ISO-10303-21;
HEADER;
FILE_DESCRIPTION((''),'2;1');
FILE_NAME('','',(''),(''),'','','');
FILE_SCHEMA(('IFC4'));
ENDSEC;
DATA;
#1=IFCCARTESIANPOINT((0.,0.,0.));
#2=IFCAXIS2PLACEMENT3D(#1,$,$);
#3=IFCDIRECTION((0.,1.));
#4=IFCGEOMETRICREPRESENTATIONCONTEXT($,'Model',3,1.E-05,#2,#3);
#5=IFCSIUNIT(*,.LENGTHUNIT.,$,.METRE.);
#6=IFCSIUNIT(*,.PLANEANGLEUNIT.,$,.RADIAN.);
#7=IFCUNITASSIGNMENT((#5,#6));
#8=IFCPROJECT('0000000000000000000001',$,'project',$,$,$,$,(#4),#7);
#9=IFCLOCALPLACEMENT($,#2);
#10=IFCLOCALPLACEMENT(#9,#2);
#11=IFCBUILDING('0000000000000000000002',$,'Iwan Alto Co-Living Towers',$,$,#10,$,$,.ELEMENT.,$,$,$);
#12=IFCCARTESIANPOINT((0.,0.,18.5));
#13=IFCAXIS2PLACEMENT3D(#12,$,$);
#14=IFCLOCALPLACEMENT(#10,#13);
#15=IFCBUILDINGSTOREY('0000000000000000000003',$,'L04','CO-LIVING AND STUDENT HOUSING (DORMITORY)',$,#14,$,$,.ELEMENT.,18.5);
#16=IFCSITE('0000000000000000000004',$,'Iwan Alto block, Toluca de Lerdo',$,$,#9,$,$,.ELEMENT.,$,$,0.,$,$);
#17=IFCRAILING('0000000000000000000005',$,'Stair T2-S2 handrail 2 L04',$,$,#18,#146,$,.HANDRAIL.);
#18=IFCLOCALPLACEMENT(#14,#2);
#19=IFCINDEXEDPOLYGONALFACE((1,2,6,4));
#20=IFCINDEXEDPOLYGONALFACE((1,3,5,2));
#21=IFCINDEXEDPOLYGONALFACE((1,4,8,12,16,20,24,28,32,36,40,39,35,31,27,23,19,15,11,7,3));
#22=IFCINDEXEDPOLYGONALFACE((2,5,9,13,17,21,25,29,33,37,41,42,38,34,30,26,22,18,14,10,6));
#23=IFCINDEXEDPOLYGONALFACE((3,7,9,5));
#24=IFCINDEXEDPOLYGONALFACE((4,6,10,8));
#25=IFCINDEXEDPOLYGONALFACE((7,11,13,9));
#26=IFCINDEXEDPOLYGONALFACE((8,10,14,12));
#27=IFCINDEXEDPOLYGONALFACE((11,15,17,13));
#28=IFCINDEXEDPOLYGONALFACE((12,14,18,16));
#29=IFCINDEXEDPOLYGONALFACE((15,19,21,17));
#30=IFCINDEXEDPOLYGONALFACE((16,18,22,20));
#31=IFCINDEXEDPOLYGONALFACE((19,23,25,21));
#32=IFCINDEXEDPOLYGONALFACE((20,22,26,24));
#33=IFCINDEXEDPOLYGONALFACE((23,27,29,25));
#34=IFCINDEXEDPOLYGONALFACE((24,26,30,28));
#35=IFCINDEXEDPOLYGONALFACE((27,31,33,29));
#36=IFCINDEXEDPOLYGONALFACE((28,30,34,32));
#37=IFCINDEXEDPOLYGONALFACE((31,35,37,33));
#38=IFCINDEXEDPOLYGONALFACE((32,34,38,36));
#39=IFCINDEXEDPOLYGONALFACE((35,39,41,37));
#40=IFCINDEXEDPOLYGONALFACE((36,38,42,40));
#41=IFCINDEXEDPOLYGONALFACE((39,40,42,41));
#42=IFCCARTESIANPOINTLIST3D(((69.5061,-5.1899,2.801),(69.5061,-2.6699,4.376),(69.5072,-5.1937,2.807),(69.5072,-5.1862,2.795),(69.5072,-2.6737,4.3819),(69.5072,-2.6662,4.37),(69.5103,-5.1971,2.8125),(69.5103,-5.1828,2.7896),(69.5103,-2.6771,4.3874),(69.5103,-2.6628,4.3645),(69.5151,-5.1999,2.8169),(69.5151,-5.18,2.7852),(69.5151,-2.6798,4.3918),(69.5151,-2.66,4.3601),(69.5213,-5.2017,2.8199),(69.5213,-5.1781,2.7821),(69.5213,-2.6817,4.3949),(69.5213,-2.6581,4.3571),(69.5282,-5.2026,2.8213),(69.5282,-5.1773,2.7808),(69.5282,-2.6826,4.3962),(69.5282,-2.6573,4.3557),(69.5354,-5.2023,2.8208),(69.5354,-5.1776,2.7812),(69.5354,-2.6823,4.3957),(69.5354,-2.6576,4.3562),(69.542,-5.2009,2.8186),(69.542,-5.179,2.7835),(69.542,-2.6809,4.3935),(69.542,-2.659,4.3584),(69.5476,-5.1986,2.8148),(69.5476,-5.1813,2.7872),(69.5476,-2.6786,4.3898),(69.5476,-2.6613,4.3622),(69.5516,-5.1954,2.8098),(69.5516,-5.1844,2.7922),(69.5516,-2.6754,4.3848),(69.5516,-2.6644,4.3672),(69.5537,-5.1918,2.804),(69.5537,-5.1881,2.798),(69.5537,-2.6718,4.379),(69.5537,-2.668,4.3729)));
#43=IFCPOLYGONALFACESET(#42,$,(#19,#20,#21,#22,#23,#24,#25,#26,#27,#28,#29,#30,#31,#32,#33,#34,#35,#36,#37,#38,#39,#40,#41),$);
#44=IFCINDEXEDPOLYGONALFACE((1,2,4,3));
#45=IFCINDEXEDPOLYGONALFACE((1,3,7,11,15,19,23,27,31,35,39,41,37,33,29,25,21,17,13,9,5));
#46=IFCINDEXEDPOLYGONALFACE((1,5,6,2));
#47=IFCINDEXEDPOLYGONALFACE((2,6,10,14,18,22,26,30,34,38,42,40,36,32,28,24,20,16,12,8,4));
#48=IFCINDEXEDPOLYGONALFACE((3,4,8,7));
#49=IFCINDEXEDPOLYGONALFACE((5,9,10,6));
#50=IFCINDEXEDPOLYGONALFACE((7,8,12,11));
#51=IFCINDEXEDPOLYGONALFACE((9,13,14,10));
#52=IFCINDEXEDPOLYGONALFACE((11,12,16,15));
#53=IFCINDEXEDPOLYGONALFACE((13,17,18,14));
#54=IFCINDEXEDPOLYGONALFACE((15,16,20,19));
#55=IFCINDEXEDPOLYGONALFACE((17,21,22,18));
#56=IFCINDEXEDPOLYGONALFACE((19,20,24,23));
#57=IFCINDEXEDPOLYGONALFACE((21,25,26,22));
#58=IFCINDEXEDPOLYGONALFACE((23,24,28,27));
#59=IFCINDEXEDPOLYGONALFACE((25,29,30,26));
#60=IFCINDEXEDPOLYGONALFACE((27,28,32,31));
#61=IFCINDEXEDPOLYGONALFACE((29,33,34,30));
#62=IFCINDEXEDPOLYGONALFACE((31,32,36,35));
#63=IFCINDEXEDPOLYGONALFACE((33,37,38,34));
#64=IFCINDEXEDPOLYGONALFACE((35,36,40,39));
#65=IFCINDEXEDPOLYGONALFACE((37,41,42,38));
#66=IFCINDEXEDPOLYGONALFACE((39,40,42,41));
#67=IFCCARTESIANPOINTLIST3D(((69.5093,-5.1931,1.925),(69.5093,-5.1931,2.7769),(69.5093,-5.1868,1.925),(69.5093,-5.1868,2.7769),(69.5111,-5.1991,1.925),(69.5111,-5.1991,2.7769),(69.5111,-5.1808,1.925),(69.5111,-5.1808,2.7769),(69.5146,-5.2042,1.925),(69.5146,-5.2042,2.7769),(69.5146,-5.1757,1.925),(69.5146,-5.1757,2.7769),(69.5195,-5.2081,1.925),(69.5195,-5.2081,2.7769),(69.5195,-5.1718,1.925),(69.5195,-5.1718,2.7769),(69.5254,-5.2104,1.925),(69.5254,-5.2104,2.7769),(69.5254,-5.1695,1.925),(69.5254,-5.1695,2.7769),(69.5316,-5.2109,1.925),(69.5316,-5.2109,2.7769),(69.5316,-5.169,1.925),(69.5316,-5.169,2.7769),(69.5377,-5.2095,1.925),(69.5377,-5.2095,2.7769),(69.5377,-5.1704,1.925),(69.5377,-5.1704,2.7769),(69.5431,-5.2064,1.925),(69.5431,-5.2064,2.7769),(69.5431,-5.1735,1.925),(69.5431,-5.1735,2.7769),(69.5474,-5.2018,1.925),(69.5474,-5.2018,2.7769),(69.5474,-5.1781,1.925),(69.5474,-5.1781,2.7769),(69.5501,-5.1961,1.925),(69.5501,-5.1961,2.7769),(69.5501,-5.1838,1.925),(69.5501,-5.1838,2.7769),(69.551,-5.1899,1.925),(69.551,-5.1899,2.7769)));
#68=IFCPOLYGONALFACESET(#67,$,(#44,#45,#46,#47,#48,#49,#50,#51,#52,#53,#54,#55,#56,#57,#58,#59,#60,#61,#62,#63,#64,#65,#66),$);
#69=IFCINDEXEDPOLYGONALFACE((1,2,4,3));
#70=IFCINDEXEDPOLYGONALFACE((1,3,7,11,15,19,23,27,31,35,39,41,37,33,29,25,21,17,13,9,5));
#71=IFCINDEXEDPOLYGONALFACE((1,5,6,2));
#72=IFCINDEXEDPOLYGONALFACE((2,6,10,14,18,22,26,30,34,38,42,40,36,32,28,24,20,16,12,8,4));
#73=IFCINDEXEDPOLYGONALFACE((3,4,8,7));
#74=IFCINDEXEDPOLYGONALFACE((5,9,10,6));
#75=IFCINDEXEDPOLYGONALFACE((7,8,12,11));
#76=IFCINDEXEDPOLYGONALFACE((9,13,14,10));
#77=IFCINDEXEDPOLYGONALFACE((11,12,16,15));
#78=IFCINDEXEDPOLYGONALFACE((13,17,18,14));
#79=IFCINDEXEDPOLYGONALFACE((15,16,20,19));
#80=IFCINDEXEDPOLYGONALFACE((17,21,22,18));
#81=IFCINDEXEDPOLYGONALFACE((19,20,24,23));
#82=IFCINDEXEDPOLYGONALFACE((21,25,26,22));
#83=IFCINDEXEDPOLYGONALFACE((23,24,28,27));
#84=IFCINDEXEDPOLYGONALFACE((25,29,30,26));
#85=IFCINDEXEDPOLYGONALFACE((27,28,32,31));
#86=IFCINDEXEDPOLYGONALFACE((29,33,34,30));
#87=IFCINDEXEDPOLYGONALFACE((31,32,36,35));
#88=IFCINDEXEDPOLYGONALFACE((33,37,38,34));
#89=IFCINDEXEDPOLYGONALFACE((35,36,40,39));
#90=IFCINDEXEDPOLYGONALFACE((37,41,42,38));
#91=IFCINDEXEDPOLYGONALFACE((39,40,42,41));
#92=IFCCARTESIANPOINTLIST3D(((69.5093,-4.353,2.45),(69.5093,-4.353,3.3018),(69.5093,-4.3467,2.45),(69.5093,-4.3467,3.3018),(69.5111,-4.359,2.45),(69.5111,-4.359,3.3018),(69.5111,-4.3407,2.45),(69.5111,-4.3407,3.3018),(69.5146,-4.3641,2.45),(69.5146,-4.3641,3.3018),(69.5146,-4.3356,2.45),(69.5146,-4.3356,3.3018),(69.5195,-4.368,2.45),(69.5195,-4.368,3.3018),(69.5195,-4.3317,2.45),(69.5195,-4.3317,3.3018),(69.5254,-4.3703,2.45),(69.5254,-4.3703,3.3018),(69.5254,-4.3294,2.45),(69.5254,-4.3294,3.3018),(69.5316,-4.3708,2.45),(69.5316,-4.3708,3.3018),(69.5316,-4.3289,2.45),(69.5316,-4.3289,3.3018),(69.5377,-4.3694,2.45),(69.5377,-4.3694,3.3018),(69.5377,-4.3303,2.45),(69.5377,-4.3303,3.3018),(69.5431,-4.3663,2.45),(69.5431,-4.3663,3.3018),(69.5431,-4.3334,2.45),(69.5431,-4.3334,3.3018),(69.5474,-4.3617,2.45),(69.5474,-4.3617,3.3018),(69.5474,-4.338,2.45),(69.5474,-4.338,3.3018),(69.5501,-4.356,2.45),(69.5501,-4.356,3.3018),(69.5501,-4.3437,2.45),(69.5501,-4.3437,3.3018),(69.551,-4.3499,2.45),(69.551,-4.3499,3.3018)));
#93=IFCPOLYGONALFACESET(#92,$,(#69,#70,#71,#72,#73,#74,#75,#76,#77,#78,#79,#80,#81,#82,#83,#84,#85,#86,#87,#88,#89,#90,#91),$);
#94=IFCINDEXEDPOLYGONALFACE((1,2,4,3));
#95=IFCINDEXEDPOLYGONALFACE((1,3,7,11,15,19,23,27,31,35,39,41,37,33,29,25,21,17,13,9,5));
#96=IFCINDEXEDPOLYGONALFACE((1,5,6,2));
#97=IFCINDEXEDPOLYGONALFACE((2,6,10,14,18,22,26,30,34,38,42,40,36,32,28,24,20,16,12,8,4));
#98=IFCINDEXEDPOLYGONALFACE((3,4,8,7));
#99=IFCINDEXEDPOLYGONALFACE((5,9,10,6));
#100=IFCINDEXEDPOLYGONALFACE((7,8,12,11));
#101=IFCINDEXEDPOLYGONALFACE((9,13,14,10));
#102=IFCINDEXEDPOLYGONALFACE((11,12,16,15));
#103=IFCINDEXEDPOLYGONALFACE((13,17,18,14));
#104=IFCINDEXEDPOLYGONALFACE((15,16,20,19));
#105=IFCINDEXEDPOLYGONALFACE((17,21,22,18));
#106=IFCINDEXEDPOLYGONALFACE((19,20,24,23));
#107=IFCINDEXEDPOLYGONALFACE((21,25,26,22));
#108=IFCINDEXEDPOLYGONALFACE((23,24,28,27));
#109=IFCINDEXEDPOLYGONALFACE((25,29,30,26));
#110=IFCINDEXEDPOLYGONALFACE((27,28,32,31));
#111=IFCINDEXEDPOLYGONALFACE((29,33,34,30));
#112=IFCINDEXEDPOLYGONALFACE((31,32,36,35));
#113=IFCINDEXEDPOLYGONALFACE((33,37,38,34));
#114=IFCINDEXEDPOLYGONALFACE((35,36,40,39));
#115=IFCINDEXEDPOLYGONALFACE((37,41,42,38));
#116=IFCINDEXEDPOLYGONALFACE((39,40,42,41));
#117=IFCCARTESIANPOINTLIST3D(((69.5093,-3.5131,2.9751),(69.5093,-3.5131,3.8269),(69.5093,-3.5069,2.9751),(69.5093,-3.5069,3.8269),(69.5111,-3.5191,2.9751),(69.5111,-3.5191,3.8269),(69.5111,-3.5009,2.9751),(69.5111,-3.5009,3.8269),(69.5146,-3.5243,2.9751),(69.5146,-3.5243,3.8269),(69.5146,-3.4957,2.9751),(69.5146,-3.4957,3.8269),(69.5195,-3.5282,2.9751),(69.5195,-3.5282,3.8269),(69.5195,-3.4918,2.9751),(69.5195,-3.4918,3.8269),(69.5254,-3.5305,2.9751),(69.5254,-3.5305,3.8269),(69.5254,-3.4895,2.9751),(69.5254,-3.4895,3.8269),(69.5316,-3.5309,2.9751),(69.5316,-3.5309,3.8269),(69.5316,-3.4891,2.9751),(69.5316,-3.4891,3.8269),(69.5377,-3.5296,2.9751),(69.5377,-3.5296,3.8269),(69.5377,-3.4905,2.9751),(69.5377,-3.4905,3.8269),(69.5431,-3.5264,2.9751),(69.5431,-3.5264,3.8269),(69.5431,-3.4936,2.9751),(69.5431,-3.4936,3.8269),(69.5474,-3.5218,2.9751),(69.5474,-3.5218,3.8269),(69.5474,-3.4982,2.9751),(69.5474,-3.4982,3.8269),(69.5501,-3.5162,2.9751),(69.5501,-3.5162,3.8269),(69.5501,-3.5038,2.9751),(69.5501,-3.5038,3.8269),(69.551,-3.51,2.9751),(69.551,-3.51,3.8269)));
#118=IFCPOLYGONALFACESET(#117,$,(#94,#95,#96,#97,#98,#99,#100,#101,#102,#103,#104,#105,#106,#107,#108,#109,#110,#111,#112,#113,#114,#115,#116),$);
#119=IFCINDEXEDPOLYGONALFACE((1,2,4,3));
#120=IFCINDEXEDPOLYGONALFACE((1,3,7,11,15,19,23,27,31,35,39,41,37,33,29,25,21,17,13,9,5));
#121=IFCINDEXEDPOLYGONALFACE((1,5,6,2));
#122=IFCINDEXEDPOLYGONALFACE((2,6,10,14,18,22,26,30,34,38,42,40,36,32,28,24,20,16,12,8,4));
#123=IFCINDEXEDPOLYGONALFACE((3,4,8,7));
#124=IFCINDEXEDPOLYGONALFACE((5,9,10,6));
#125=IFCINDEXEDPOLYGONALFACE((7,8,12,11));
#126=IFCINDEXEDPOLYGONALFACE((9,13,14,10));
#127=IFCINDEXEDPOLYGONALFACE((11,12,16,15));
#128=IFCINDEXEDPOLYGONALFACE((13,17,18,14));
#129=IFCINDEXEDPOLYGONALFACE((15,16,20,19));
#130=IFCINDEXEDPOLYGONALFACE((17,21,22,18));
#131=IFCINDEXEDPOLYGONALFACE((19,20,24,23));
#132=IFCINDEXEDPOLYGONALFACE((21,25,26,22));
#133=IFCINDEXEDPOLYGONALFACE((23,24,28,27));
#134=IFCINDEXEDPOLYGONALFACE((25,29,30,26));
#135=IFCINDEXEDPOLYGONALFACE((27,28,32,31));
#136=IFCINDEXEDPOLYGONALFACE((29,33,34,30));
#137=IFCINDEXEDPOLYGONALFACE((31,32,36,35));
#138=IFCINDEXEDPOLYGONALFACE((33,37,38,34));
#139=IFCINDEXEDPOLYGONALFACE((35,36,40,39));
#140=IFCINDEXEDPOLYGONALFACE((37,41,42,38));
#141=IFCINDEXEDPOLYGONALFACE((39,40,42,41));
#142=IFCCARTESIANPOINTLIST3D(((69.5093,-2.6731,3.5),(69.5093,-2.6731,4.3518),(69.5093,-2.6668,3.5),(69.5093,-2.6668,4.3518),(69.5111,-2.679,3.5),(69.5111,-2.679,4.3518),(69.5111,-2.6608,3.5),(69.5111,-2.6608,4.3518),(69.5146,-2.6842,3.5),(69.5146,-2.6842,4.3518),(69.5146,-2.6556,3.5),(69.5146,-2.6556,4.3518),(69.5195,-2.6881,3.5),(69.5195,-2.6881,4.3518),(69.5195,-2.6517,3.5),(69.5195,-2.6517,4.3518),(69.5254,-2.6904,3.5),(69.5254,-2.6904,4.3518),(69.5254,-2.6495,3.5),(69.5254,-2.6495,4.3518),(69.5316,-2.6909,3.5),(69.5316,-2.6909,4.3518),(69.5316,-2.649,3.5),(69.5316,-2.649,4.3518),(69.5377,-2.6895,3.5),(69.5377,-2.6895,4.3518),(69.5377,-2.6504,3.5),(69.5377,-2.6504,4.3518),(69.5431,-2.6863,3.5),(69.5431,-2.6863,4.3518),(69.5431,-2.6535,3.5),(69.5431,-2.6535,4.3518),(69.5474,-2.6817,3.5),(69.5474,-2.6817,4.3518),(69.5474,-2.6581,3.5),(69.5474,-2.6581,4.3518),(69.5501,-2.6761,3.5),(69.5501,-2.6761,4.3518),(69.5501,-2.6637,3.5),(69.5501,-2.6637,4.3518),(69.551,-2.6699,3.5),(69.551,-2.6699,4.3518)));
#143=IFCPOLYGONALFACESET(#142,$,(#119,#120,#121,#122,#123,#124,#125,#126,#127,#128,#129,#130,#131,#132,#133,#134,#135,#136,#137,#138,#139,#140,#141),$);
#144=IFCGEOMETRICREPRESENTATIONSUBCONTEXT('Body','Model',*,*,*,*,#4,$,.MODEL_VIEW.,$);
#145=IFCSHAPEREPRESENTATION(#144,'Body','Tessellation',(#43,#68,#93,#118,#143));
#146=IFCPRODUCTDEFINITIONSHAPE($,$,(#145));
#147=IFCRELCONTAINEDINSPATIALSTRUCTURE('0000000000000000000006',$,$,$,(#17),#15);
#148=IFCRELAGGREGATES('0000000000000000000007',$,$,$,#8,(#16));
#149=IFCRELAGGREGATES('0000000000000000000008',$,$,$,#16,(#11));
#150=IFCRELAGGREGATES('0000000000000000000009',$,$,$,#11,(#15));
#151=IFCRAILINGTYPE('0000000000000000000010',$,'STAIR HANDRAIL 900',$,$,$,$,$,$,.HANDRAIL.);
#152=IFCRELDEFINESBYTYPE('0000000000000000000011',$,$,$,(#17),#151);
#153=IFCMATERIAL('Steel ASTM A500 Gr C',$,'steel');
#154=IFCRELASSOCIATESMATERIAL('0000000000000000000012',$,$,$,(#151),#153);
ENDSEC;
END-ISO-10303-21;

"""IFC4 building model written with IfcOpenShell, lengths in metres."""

from ifc_helpers import new_model, si_unit, direction, frame, origin, origin_2d, place, context, subcontext, project, spatial, circle, extrude, material, type_object, element, save


model = new_model("IFC4")

# Units and contexts
model_context = context("Model", 3, precision=1e-05, world=origin(), true_north=direction((0.0, 1.0)))
body_context = subcontext(model_context, "Body", "Model", "MODEL_VIEW")
ifc_project = project(units=[si_unit("LENGTHUNIT", "METRE"), si_unit("PLANEANGLEUNIT", "RADIAN")], contexts=[model_context])

# Site, building, storey
site_placement = place(None, origin())
site = spatial("IfcSite", under=ifc_project, at=site_placement, Name="Iwan Alto block, Toluca de Lerdo", CompositionType="ELEMENT", RefElevation=0.0)
building_placement = place(site_placement, origin())
building = spatial("IfcBuilding", under=site, at=building_placement, Name="Iwan Alto Co-Living Towers", CompositionType="ELEMENT")
storey_placement = place(building_placement, frame((0.0, 0.0, 18.5)))
storey = spatial("IfcBuildingStorey", under=building, at=storey_placement, Name="L04", Description="CO-LIVING AND STUDENT HOUSING (DORMITORY)", CompositionType="ELEMENT", Elevation=18.5)

# Railing
ifc_material_1 = material(Name="Steel ASTM A500 Gr C", Category="steel")
railing_type_1 = type_object("IfcRailingType", Name="STAIR HANDRAIL 900", PredefinedType="HANDRAIL", material=ifc_material_1)
railing_1_placement = place(storey_placement, frame((69.53, -5.1899, 1.925)))
element("IfcRailing", 1, at=railing_1_placement, inside=storey, type_object=railing_type_1, Name="Stair T2-S2 handrail 2 L04", PredefinedType="HANDRAIL", context=body_context, shape_type="SweptSolid", body=[
    extrude(circle(Radius=0.0239, at=origin_2d()), frame((0.0, 0.0, 0.876), z_axis=(0.0, 0.848008, 0.529984), x_axis=(-1.0, 0.0, 0.0)), (0.0, 0.0, 1.0), 2.9717),
    extrude(circle(Radius=0.021, at=origin_2d()), origin(), (0.0, 0.0, 1.0), 0.8518),
    extrude(circle(Radius=0.021, at=origin_2d()), frame((0.0, 0.8401, 0.5249)), (0.0, 0.0, 1.0), 0.8518),
    extrude(circle(Radius=0.021, at=origin_2d()), frame((0.0, 1.6799, 1.05)), (0.0, 0.0, 1.0), 0.8518),
    extrude(circle(Radius=0.021, at=origin_2d()), frame((0.0, 2.52, 1.575)), (0.0, 0.0, 1.0), 0.8518),
])

save(model, "model.ifc")
